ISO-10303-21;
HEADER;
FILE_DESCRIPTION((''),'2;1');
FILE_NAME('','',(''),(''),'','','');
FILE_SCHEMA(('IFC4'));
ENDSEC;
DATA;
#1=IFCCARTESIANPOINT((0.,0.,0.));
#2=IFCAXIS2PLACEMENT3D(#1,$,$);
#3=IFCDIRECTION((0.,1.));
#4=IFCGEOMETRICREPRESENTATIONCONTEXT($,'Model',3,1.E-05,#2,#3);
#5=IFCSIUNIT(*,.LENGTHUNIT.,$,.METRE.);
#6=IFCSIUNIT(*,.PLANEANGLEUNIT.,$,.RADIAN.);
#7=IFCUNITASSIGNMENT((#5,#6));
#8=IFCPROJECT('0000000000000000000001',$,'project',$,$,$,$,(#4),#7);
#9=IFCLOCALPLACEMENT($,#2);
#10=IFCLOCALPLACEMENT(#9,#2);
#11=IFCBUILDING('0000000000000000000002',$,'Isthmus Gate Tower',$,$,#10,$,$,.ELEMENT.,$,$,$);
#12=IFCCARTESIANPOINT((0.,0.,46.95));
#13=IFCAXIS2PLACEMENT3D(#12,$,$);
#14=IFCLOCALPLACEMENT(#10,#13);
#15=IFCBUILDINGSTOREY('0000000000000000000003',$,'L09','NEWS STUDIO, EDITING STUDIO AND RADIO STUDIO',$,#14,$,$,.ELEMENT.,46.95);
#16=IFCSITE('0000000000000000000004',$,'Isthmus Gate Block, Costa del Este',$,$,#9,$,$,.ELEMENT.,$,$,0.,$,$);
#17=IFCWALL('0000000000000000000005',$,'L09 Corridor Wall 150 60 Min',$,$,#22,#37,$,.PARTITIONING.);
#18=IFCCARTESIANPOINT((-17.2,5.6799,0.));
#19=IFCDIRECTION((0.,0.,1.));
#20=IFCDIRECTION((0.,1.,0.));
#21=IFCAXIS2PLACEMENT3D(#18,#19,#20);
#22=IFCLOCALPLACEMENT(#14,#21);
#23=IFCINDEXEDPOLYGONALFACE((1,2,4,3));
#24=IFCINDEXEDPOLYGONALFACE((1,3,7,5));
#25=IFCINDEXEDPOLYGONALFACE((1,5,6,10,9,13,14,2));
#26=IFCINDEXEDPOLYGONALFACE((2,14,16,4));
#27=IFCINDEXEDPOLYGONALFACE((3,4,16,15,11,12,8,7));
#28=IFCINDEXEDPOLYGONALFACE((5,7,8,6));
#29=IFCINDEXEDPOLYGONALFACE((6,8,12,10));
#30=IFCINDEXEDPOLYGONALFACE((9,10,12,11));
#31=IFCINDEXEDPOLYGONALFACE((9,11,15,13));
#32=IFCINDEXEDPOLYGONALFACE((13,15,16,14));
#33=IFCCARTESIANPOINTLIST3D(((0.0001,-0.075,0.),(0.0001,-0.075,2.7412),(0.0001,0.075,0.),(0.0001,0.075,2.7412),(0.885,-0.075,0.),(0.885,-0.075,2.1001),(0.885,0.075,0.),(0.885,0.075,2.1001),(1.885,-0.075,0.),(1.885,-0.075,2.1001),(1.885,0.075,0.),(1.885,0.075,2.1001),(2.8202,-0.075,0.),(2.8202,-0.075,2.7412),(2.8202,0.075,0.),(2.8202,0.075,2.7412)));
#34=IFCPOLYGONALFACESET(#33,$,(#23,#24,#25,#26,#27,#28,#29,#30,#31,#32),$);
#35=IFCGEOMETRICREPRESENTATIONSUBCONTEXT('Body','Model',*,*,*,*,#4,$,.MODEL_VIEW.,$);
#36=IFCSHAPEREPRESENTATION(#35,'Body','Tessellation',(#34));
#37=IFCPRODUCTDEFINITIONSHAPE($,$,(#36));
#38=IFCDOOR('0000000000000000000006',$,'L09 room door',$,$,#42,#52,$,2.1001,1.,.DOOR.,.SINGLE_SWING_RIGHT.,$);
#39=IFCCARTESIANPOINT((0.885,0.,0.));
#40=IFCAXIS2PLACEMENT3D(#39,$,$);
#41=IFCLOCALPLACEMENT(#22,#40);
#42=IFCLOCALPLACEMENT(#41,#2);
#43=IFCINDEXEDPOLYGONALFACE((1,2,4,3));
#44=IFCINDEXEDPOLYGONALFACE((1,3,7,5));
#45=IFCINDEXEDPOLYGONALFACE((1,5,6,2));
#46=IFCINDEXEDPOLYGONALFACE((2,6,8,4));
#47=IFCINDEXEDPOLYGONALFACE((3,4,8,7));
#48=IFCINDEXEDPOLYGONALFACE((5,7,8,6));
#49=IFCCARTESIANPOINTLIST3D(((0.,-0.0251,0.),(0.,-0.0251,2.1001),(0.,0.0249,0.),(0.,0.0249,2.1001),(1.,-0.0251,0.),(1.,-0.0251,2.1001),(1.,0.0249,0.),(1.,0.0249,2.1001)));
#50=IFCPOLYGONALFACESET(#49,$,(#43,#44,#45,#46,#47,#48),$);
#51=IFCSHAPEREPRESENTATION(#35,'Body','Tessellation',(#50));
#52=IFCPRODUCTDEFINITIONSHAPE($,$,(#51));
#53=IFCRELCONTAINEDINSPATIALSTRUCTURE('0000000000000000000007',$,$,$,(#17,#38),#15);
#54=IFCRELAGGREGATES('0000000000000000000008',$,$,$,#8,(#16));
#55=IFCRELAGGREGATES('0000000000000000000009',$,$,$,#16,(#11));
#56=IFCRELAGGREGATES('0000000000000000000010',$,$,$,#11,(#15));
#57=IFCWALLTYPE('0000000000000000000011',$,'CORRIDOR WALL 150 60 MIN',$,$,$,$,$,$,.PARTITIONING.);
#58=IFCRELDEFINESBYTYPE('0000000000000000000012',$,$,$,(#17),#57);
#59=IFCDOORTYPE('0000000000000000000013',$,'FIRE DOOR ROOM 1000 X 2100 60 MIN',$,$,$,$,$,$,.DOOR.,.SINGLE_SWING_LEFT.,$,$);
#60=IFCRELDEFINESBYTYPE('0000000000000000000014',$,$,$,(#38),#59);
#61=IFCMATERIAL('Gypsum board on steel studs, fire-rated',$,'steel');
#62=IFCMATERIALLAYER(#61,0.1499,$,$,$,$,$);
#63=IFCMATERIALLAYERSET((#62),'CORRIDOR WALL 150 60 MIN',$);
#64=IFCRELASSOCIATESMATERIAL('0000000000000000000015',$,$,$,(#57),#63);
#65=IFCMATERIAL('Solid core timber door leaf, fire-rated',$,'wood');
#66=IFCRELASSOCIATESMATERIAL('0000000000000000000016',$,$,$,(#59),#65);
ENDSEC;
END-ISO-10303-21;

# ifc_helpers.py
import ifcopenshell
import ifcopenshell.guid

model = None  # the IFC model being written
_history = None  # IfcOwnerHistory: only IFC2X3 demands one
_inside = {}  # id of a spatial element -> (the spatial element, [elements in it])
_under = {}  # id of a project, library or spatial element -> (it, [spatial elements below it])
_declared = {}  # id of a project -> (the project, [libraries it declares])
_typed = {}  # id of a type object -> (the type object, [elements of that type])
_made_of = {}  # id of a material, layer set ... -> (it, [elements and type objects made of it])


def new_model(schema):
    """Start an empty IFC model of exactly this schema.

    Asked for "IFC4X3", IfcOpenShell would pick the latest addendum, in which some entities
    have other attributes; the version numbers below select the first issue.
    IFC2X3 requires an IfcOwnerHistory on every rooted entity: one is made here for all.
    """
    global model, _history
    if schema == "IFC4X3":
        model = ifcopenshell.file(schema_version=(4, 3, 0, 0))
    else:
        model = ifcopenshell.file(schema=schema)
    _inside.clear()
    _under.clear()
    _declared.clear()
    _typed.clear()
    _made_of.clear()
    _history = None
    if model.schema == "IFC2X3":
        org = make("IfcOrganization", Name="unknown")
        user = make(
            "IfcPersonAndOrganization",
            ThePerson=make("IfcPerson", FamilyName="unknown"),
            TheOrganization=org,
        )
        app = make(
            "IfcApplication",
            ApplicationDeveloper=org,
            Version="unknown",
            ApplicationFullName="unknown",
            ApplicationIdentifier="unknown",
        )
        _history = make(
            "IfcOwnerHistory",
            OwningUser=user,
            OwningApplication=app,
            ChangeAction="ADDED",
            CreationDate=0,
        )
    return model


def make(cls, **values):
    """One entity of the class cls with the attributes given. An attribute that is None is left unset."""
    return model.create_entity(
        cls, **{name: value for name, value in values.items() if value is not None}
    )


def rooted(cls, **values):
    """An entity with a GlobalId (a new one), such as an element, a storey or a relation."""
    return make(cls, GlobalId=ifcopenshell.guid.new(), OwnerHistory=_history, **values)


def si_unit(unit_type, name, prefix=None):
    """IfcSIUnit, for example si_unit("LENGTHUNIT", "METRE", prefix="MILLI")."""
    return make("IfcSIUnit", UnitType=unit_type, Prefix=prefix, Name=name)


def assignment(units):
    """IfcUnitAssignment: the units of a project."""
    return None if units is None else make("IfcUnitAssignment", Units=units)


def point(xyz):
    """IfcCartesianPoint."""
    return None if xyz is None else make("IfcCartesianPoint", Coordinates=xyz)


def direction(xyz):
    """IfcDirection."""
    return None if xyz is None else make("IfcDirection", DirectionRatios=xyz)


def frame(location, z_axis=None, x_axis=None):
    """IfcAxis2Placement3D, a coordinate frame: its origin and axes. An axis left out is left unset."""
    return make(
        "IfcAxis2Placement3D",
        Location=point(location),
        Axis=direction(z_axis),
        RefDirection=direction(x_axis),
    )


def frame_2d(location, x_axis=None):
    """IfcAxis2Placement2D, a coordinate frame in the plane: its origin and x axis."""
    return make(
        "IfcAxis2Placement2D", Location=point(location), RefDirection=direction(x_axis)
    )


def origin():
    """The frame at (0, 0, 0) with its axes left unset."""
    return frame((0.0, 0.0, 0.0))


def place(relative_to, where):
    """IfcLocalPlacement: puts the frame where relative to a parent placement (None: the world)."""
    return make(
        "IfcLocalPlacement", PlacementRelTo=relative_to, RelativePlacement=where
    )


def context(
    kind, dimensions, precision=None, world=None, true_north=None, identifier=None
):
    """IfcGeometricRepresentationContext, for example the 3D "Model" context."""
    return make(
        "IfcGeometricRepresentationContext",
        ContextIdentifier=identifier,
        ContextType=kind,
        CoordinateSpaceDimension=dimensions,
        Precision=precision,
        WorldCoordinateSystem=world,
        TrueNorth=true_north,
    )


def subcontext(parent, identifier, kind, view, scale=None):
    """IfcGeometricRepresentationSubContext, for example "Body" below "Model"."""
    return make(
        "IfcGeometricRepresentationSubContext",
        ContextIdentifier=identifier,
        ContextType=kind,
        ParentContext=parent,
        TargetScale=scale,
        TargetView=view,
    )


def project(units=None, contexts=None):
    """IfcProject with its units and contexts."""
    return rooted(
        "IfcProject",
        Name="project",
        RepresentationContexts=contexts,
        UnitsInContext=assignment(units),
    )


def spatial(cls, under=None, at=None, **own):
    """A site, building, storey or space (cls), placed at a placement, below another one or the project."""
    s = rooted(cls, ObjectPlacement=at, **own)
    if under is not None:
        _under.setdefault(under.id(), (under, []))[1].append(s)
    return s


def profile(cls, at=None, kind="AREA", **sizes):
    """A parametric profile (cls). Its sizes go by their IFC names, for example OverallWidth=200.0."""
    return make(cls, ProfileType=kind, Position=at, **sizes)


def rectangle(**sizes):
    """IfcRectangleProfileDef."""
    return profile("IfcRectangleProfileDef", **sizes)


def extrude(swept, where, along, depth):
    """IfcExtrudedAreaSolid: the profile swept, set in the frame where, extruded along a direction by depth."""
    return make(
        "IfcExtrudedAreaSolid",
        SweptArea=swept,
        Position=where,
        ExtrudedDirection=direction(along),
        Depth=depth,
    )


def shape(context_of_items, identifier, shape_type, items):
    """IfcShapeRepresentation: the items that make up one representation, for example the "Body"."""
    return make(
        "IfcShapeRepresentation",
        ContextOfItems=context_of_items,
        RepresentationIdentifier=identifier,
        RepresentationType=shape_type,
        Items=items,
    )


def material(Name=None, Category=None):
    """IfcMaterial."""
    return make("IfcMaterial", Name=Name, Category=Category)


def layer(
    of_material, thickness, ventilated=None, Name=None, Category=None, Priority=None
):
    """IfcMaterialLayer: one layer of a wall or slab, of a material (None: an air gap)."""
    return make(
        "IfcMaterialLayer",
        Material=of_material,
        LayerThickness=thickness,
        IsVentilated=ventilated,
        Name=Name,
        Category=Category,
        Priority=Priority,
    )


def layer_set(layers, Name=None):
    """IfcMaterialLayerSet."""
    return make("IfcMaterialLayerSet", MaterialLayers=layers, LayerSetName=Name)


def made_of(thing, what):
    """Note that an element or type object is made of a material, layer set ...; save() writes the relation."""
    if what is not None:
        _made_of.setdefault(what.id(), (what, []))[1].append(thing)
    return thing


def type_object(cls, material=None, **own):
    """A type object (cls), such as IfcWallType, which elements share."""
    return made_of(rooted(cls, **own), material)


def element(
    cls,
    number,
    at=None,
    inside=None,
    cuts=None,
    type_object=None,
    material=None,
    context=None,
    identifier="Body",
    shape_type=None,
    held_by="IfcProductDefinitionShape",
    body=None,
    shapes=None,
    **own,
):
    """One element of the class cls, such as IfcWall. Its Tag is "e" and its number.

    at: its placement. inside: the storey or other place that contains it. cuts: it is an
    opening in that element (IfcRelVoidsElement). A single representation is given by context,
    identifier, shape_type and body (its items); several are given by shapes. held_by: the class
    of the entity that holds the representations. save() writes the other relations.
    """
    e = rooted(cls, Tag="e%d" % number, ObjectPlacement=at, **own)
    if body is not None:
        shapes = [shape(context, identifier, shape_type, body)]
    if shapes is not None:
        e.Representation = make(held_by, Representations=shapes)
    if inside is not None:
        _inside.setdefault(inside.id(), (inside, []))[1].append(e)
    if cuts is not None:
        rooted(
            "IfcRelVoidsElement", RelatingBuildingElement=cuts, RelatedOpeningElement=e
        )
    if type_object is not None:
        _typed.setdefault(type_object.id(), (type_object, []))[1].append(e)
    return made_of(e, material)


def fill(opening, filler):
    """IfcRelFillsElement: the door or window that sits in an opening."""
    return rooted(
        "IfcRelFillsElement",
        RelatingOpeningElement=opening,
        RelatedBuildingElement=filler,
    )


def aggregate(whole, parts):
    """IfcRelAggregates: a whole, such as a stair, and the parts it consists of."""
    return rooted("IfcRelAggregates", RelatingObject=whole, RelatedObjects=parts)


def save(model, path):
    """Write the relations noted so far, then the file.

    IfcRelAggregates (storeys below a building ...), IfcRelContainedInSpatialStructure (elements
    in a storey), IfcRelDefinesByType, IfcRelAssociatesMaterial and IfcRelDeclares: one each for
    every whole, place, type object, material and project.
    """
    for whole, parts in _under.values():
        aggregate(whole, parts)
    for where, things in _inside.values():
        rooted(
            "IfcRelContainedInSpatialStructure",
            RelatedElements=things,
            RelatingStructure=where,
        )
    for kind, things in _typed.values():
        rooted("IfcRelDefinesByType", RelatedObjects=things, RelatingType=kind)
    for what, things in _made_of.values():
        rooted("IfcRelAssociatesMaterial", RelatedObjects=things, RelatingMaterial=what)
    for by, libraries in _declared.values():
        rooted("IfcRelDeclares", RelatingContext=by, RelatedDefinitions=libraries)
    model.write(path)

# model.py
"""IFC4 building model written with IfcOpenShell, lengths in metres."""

from ifc_helpers import new_model, si_unit, direction, frame, frame_2d, origin, place, context, subcontext, project, spatial, rectangle, extrude, material, layer, layer_set, type_object, element, fill, save


model = new_model("IFC4")

# Units and contexts
model_context = context("Model", 3, precision=1e-05, world=origin(), true_north=direction((0.0, 1.0)))
body_context = subcontext(model_context, "Body", "Model", "MODEL_VIEW")
ifc_project = project(units=[si_unit("LENGTHUNIT", "METRE"), si_unit("PLANEANGLEUNIT", "RADIAN")], contexts=[model_context])

# Site, building, storey
site_placement = place(None, origin())
site = spatial("IfcSite", under=ifc_project, at=site_placement, Name="Isthmus Gate Block, Costa del Este", CompositionType="ELEMENT", RefElevation=0.0)
building_placement = place(site_placement, origin())
building = spatial("IfcBuilding", under=site, at=building_placement, Name="Isthmus Gate Tower", CompositionType="ELEMENT")
storey_placement = place(building_placement, frame((0.0, 0.0, 46.95)))
storey = spatial("IfcBuildingStorey", under=building, at=storey_placement, Name="L09", Description="NEWS STUDIO, EDITING STUDIO AND RADIO STUDIO", CompositionType="ELEMENT", Elevation=46.95)

# Wall, opening, door
ifc_material_1 = material(Name="Gypsum board on steel studs, fire-rated", Category="steel")
ifc_layer_1 = layer(ifc_material_1, 0.1499)
ifc_layer_set_1 = layer_set([ifc_layer_1], Name="CORRIDOR WALL 150 60 MIN")
wall_type_1 = type_object("IfcWallType", Name="CORRIDOR WALL 150 60 MIN", PredefinedType="PARTITIONING", material=ifc_layer_set_1)
wall_1_placement = place(storey_placement, frame((-17.2, 5.6799, 0.0), z_axis=(0.0, 0.0, 1.0), x_axis=(0.0, 1.0, 0.0)))
wall_1 = element("IfcWall", 1, at=wall_1_placement, inside=storey, type_object=wall_type_1, Name="L09 Corridor Wall 150 60 Min", PredefinedType="PARTITIONING", context=body_context, shape_type="SweptSolid", body=[
    extrude(rectangle(XDim=2.8201, YDim=0.1499, at=frame_2d((1.4102, 0.0))), origin(), (0.0, 0.0, 1.0), 2.7412),
])
opening_placement = place(wall_1_placement, frame((0.885, 0.0, 0.0)))
opening = element("IfcOpeningElement", 2, at=opening_placement, cuts=wall_1, PredefinedType="OPENING", context=body_context, shape_type="SweptSolid", body=[
    extrude(rectangle(XDim=1.0, YDim=2.1001, at=frame_2d((0.5, 1.05))), frame((0.0, 0.085, 0.0), z_axis=(0.0, -1.0, 0.0), x_axis=(1.0, 0.0, 0.0)), (0.0, 0.0, 1.0), 0.1699),
])
ifc_material_2 = material(Name="Solid core timber door leaf, fire-rated", Category="wood")
door_type = type_object("IfcDoorType", Name="FIRE DOOR ROOM 1000 X 2100 60 MIN", OperationType="SINGLE_SWING_LEFT", PredefinedType="DOOR", material=ifc_material_2)
door_placement = place(opening_placement, origin())
door = element("IfcDoor", 3, at=door_placement, inside=storey, type_object=door_type, Name="L09 room door", OperationType="SINGLE_SWING_RIGHT", OverallHeight=2.1001, OverallWidth=1.0, PredefinedType="DOOR", context=body_context, shape_type="SweptSolid", body=[
    extrude(rectangle(XDim=1.0, YDim=2.1001, at=frame_2d((0.5, 1.05))), frame((0.0, 0.0249, 0.0), z_axis=(0.0, -1.0, 0.0), x_axis=(1.0, 0.0, 0.0)), (0.0, 0.0, 1.0), 0.05),
])
fill(opening, door)

save(model, "model.ifc")
